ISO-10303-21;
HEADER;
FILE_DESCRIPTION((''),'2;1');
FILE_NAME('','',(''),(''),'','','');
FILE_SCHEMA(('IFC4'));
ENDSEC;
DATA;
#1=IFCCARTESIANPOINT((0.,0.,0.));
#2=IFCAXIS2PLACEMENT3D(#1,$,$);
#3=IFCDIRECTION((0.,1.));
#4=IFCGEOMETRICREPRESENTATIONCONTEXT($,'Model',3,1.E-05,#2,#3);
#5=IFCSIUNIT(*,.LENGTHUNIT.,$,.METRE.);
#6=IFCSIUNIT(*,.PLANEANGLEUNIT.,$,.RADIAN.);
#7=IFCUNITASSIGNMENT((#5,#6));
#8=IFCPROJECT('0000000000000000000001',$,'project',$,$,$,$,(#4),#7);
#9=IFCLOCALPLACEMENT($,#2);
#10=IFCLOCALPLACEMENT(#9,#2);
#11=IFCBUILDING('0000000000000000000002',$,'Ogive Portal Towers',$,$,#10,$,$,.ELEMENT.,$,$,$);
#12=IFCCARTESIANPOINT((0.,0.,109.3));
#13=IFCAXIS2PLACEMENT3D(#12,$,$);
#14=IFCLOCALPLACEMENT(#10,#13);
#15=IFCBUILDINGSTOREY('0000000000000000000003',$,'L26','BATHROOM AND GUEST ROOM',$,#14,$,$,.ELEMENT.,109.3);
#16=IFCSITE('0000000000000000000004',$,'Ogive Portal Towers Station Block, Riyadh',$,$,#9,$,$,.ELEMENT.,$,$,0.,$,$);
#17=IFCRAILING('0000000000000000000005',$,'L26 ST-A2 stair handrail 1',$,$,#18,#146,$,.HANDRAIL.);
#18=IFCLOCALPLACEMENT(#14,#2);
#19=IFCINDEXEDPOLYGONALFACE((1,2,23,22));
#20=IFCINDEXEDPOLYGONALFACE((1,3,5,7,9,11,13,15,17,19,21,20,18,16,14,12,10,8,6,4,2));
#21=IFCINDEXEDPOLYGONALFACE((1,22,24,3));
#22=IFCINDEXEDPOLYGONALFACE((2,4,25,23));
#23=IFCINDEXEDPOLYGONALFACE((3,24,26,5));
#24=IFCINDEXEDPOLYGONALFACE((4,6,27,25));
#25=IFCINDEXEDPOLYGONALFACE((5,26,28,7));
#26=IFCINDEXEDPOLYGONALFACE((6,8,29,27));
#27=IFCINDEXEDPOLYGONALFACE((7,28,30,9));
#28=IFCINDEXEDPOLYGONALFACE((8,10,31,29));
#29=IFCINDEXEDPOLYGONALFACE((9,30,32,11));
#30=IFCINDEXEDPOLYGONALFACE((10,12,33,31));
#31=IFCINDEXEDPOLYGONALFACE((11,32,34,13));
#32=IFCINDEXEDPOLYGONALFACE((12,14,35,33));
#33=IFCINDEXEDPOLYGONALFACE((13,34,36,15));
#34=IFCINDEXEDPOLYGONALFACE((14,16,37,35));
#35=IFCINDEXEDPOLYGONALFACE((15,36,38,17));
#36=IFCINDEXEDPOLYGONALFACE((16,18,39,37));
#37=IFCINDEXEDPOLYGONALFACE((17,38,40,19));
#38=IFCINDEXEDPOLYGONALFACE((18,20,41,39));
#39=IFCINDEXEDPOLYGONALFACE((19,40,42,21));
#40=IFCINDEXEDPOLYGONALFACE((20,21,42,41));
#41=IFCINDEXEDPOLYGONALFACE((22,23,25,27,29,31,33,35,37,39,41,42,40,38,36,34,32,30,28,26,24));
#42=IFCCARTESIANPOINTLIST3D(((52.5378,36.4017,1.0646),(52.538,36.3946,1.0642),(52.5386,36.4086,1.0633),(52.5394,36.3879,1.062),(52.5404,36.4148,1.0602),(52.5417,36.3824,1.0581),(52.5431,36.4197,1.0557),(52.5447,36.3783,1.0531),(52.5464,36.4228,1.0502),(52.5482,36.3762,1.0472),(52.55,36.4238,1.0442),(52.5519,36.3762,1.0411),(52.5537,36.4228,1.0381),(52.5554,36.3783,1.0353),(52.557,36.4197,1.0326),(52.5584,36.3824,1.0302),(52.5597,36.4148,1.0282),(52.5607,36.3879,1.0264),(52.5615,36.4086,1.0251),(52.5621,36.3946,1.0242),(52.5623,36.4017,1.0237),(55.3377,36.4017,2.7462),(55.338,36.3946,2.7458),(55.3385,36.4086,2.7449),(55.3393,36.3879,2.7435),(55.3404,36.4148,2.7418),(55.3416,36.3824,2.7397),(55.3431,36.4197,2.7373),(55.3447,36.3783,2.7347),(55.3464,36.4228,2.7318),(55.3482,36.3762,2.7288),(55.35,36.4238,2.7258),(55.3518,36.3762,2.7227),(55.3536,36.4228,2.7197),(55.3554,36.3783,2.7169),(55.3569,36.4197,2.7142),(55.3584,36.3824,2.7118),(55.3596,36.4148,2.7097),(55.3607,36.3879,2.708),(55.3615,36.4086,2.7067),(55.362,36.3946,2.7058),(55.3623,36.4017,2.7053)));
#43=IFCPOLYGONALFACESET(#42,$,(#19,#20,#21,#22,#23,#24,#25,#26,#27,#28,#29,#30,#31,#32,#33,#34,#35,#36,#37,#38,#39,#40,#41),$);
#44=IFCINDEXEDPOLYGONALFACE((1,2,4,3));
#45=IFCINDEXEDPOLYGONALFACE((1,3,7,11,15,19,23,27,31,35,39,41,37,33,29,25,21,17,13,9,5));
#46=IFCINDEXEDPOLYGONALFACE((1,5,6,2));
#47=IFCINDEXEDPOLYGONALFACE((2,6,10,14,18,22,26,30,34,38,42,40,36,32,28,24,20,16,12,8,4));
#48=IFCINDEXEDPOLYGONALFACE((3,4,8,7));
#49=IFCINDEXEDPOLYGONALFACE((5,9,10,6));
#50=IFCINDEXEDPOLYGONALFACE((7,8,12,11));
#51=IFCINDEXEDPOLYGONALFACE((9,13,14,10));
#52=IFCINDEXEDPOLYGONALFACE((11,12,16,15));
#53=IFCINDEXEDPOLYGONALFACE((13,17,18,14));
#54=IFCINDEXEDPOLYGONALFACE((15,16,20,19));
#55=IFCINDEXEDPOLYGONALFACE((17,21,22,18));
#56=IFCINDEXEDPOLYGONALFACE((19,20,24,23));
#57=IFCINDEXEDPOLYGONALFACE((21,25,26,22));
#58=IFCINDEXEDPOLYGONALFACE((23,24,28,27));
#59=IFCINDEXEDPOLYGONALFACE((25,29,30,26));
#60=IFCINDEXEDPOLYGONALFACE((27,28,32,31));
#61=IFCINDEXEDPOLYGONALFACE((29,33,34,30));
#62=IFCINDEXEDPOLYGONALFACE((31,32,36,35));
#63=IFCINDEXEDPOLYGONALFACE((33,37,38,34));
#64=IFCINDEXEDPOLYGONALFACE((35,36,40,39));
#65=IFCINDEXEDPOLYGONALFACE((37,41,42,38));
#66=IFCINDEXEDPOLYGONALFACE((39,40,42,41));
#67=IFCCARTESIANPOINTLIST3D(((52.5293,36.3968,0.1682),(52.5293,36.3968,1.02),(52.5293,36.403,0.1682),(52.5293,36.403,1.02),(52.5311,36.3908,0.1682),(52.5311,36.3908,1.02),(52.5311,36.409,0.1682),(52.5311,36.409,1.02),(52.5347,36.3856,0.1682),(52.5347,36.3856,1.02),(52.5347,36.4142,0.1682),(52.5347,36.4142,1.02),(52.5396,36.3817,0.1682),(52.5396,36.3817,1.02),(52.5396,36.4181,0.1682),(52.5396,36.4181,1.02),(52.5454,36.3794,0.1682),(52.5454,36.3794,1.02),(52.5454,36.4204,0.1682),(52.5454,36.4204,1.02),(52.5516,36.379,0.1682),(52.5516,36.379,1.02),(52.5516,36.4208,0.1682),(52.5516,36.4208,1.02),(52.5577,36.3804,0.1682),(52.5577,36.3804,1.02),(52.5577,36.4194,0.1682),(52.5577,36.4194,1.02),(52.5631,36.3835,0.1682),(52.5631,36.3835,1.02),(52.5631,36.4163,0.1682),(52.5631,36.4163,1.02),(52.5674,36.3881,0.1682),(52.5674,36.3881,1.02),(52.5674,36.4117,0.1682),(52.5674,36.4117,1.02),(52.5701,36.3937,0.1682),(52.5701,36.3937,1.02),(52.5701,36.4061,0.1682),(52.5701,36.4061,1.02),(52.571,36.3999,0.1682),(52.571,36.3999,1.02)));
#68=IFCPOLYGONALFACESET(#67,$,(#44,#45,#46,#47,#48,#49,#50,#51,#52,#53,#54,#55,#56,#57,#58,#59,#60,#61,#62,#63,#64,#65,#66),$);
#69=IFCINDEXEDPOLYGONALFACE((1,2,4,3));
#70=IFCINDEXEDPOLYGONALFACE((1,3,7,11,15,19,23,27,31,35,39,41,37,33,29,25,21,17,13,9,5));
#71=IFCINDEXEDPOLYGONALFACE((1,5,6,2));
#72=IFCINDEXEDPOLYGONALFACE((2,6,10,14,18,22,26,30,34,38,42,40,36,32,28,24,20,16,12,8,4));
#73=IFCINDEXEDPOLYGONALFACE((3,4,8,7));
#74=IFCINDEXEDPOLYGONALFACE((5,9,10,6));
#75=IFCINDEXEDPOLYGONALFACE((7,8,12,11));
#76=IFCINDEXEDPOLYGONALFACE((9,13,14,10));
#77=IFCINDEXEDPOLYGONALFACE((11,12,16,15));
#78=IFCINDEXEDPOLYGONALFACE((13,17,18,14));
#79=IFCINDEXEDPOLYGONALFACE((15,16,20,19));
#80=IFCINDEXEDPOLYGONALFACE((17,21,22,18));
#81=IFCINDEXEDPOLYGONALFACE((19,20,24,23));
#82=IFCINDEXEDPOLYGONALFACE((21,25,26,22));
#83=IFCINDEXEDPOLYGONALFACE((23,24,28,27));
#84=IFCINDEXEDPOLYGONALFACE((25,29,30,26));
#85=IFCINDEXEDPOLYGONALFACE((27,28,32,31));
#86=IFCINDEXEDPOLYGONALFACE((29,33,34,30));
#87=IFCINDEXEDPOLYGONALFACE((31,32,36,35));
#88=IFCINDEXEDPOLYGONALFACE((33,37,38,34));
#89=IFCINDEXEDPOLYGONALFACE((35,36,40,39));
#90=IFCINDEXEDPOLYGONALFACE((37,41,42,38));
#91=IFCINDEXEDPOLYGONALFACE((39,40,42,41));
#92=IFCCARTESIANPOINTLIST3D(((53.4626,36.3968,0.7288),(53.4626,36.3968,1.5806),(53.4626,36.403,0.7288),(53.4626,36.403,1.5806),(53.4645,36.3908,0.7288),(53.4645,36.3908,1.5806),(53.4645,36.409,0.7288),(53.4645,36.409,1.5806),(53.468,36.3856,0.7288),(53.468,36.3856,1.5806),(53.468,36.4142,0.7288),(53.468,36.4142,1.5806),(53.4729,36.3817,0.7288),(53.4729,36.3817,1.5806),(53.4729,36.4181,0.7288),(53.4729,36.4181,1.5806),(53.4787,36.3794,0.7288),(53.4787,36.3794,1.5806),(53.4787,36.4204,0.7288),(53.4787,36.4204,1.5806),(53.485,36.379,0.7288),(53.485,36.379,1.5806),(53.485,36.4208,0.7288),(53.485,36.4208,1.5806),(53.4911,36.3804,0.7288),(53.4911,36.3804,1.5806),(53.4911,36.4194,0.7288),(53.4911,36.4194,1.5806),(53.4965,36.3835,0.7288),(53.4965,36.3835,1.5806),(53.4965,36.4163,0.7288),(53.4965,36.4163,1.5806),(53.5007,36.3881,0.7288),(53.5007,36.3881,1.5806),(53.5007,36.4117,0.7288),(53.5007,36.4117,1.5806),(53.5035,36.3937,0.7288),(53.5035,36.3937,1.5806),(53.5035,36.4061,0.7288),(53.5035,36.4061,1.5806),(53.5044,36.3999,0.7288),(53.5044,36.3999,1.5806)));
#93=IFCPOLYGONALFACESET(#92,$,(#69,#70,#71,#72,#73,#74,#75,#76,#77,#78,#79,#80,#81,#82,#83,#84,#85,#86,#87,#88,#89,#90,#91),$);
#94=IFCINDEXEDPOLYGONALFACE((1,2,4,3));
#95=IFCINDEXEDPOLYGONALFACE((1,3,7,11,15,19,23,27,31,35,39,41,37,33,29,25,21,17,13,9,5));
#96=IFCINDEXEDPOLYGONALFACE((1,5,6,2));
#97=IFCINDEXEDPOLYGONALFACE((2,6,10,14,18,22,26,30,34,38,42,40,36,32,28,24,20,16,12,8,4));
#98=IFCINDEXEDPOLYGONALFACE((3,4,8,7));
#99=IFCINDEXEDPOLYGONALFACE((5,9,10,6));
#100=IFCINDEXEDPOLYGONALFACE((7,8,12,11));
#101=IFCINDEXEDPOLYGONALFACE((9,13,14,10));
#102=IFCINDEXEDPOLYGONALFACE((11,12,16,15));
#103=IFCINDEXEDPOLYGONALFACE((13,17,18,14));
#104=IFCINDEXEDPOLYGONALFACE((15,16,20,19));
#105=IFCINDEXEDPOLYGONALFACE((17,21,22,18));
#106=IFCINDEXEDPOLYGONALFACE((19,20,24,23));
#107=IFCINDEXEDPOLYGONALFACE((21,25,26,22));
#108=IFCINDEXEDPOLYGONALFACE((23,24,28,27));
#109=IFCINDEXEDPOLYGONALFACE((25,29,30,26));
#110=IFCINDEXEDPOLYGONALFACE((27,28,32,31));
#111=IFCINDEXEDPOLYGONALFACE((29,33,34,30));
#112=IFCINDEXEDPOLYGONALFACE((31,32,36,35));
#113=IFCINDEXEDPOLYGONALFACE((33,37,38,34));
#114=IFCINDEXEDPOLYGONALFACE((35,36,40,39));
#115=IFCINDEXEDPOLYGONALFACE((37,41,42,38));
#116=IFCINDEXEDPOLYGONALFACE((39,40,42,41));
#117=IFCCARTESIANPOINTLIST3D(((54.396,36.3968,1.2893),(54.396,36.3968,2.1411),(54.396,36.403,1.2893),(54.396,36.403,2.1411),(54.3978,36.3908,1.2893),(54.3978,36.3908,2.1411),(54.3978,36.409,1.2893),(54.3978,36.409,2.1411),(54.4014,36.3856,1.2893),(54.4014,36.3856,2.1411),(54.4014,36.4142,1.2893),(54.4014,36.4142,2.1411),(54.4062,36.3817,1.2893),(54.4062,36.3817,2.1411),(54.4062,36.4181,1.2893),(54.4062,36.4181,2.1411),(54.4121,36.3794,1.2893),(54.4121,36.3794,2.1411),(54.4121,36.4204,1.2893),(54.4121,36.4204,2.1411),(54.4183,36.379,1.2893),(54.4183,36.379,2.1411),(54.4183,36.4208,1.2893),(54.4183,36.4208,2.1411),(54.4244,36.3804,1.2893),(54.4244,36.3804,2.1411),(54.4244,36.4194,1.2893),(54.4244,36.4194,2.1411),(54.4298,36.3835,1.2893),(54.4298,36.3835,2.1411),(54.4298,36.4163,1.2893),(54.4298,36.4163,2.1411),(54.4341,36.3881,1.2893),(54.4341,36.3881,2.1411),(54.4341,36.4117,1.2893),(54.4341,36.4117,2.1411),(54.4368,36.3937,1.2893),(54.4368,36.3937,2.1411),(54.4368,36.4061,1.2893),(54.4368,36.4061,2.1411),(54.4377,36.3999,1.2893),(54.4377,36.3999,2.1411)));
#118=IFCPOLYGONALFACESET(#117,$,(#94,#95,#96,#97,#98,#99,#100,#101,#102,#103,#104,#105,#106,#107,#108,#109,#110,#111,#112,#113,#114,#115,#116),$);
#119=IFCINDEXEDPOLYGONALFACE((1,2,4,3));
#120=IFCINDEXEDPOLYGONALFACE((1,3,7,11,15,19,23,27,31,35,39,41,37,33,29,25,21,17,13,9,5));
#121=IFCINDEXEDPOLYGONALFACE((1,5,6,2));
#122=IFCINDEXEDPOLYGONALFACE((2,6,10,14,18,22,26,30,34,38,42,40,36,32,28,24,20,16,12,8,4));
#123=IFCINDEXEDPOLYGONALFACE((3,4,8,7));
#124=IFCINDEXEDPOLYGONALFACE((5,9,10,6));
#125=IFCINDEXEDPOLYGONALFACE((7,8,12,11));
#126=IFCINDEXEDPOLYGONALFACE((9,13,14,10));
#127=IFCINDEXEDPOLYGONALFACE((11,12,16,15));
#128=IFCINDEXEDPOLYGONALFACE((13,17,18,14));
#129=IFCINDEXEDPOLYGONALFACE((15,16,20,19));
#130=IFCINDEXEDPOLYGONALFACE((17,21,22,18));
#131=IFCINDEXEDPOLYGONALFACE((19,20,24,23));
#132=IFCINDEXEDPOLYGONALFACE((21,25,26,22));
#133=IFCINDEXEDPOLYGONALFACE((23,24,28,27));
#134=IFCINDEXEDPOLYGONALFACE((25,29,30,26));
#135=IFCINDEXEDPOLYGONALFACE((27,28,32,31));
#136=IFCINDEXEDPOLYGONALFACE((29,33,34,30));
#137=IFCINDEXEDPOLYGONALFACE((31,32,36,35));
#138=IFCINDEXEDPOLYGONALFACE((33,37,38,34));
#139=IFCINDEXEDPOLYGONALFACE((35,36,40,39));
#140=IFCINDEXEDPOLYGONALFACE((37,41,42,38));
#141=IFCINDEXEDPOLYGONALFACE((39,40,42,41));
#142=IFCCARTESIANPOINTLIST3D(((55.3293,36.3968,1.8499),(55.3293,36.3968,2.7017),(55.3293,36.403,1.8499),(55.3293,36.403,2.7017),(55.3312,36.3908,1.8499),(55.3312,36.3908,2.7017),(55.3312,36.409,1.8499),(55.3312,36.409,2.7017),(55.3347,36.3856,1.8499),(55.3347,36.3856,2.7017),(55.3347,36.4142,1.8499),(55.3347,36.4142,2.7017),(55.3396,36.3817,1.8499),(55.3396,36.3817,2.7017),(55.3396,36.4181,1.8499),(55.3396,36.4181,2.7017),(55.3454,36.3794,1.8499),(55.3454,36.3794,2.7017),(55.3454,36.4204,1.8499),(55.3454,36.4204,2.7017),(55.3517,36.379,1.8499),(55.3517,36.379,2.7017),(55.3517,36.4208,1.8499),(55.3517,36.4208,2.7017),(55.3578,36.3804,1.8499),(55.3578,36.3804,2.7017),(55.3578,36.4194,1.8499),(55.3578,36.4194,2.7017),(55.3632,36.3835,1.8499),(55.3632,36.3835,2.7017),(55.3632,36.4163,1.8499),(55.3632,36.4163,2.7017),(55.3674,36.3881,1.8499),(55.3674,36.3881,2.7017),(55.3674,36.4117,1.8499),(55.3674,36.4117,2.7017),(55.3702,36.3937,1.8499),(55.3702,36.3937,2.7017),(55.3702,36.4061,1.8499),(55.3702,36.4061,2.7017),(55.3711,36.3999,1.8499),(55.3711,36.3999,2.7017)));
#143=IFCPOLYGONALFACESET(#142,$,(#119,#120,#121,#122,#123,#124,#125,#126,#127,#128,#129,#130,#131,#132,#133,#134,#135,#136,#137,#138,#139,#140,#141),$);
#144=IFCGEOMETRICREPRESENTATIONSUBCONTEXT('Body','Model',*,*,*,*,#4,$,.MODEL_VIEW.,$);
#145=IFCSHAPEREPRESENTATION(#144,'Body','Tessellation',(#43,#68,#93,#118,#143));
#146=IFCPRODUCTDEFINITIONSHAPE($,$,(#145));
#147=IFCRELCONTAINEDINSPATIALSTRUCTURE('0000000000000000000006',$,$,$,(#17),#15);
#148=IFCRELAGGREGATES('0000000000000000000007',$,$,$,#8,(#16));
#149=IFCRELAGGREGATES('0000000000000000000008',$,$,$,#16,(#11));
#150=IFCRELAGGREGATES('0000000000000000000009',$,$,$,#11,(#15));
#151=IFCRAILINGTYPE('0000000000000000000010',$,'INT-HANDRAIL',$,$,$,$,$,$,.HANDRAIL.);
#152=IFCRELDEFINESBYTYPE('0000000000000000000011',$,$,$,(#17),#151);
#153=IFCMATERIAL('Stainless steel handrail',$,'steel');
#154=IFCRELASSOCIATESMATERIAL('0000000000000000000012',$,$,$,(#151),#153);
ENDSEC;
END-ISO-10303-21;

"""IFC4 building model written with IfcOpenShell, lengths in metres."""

from ifc_helpers import new_model, si_unit, direction, frame, origin, origin_2d, place, context, subcontext, project, spatial, circle, extrude, material, type_object, element, save


model = new_model("IFC4")

# Units and contexts
model_context = context("Model", 3, precision=1e-05, world=origin(), true_north=direction((0.0, 1.0)))
body_context = subcontext(model_context, "Body", "Model", "MODEL_VIEW")
ifc_project = project(units=[si_unit("LENGTHUNIT", "METRE"), si_unit("PLANEANGLEUNIT", "RADIAN")], contexts=[model_context])

# Site, building, storey
site_placement = place(None, origin())
site = spatial("IfcSite", under=ifc_project, at=site_placement, Name="Ogive Portal Towers Station Block, Riyadh", CompositionType="ELEMENT", RefElevation=0.0)
building_placement = place(site_placement, origin())
building = spatial("IfcBuilding", under=site, at=building_placement, Name="Ogive Portal Towers", CompositionType="ELEMENT")
storey_placement = place(building_placement, frame((0.0, 0.0, 109.3)))
storey = spatial("IfcBuildingStorey", under=building, at=storey_placement, Name="L26", Description="BATHROOM AND GUEST ROOM", CompositionType="ELEMENT", Elevation=109.3)

# Railing
ifc_material_1 = material(Name="Stainless steel handrail", Category="steel")
railing_type_1 = type_object("IfcRailingType", Name="INT-HANDRAIL", PredefinedType="HANDRAIL", material=ifc_material_1)
railing_1_placement = place(storey_placement, frame((52.55, 36.3999, 0.1682)))
element("IfcRailing", 1, at=railing_1_placement, inside=storey, type_object=railing_type_1, Name="L26 ST-A2 stair handrail 1", PredefinedType="HANDRAIL", context=body_context, shape_type="SweptSolid", body=[
    extrude(circle(Radius=0.0239, at=origin_2d()), frame((0.0, 0.0, 0.876), z_axis=(0.857275, 0.0, 0.514858), x_axis=(0.0, 1.0, 0.0)), (0.0, 0.0, 1.0), 3.2661),
    extrude(circle(Radius=0.021, at=origin_2d()), origin(), (0.0, 0.0, 1.0), 0.8518),
    extrude(circle(Radius=0.021, at=origin_2d()), frame((0.9333, 0.0, 0.5605)), (0.0, 0.0, 1.0), 0.8518),
    extrude(circle(Radius=0.021, at=origin_2d()), frame((1.8667, 0.0, 1.1211)), (0.0, 0.0, 1.0), 0.8518),
    extrude(circle(Radius=0.021, at=origin_2d()), frame((2.8, 0.0, 1.6816)), (0.0, 0.0, 1.0), 0.8518),
])

save(model, "model.ifc")
